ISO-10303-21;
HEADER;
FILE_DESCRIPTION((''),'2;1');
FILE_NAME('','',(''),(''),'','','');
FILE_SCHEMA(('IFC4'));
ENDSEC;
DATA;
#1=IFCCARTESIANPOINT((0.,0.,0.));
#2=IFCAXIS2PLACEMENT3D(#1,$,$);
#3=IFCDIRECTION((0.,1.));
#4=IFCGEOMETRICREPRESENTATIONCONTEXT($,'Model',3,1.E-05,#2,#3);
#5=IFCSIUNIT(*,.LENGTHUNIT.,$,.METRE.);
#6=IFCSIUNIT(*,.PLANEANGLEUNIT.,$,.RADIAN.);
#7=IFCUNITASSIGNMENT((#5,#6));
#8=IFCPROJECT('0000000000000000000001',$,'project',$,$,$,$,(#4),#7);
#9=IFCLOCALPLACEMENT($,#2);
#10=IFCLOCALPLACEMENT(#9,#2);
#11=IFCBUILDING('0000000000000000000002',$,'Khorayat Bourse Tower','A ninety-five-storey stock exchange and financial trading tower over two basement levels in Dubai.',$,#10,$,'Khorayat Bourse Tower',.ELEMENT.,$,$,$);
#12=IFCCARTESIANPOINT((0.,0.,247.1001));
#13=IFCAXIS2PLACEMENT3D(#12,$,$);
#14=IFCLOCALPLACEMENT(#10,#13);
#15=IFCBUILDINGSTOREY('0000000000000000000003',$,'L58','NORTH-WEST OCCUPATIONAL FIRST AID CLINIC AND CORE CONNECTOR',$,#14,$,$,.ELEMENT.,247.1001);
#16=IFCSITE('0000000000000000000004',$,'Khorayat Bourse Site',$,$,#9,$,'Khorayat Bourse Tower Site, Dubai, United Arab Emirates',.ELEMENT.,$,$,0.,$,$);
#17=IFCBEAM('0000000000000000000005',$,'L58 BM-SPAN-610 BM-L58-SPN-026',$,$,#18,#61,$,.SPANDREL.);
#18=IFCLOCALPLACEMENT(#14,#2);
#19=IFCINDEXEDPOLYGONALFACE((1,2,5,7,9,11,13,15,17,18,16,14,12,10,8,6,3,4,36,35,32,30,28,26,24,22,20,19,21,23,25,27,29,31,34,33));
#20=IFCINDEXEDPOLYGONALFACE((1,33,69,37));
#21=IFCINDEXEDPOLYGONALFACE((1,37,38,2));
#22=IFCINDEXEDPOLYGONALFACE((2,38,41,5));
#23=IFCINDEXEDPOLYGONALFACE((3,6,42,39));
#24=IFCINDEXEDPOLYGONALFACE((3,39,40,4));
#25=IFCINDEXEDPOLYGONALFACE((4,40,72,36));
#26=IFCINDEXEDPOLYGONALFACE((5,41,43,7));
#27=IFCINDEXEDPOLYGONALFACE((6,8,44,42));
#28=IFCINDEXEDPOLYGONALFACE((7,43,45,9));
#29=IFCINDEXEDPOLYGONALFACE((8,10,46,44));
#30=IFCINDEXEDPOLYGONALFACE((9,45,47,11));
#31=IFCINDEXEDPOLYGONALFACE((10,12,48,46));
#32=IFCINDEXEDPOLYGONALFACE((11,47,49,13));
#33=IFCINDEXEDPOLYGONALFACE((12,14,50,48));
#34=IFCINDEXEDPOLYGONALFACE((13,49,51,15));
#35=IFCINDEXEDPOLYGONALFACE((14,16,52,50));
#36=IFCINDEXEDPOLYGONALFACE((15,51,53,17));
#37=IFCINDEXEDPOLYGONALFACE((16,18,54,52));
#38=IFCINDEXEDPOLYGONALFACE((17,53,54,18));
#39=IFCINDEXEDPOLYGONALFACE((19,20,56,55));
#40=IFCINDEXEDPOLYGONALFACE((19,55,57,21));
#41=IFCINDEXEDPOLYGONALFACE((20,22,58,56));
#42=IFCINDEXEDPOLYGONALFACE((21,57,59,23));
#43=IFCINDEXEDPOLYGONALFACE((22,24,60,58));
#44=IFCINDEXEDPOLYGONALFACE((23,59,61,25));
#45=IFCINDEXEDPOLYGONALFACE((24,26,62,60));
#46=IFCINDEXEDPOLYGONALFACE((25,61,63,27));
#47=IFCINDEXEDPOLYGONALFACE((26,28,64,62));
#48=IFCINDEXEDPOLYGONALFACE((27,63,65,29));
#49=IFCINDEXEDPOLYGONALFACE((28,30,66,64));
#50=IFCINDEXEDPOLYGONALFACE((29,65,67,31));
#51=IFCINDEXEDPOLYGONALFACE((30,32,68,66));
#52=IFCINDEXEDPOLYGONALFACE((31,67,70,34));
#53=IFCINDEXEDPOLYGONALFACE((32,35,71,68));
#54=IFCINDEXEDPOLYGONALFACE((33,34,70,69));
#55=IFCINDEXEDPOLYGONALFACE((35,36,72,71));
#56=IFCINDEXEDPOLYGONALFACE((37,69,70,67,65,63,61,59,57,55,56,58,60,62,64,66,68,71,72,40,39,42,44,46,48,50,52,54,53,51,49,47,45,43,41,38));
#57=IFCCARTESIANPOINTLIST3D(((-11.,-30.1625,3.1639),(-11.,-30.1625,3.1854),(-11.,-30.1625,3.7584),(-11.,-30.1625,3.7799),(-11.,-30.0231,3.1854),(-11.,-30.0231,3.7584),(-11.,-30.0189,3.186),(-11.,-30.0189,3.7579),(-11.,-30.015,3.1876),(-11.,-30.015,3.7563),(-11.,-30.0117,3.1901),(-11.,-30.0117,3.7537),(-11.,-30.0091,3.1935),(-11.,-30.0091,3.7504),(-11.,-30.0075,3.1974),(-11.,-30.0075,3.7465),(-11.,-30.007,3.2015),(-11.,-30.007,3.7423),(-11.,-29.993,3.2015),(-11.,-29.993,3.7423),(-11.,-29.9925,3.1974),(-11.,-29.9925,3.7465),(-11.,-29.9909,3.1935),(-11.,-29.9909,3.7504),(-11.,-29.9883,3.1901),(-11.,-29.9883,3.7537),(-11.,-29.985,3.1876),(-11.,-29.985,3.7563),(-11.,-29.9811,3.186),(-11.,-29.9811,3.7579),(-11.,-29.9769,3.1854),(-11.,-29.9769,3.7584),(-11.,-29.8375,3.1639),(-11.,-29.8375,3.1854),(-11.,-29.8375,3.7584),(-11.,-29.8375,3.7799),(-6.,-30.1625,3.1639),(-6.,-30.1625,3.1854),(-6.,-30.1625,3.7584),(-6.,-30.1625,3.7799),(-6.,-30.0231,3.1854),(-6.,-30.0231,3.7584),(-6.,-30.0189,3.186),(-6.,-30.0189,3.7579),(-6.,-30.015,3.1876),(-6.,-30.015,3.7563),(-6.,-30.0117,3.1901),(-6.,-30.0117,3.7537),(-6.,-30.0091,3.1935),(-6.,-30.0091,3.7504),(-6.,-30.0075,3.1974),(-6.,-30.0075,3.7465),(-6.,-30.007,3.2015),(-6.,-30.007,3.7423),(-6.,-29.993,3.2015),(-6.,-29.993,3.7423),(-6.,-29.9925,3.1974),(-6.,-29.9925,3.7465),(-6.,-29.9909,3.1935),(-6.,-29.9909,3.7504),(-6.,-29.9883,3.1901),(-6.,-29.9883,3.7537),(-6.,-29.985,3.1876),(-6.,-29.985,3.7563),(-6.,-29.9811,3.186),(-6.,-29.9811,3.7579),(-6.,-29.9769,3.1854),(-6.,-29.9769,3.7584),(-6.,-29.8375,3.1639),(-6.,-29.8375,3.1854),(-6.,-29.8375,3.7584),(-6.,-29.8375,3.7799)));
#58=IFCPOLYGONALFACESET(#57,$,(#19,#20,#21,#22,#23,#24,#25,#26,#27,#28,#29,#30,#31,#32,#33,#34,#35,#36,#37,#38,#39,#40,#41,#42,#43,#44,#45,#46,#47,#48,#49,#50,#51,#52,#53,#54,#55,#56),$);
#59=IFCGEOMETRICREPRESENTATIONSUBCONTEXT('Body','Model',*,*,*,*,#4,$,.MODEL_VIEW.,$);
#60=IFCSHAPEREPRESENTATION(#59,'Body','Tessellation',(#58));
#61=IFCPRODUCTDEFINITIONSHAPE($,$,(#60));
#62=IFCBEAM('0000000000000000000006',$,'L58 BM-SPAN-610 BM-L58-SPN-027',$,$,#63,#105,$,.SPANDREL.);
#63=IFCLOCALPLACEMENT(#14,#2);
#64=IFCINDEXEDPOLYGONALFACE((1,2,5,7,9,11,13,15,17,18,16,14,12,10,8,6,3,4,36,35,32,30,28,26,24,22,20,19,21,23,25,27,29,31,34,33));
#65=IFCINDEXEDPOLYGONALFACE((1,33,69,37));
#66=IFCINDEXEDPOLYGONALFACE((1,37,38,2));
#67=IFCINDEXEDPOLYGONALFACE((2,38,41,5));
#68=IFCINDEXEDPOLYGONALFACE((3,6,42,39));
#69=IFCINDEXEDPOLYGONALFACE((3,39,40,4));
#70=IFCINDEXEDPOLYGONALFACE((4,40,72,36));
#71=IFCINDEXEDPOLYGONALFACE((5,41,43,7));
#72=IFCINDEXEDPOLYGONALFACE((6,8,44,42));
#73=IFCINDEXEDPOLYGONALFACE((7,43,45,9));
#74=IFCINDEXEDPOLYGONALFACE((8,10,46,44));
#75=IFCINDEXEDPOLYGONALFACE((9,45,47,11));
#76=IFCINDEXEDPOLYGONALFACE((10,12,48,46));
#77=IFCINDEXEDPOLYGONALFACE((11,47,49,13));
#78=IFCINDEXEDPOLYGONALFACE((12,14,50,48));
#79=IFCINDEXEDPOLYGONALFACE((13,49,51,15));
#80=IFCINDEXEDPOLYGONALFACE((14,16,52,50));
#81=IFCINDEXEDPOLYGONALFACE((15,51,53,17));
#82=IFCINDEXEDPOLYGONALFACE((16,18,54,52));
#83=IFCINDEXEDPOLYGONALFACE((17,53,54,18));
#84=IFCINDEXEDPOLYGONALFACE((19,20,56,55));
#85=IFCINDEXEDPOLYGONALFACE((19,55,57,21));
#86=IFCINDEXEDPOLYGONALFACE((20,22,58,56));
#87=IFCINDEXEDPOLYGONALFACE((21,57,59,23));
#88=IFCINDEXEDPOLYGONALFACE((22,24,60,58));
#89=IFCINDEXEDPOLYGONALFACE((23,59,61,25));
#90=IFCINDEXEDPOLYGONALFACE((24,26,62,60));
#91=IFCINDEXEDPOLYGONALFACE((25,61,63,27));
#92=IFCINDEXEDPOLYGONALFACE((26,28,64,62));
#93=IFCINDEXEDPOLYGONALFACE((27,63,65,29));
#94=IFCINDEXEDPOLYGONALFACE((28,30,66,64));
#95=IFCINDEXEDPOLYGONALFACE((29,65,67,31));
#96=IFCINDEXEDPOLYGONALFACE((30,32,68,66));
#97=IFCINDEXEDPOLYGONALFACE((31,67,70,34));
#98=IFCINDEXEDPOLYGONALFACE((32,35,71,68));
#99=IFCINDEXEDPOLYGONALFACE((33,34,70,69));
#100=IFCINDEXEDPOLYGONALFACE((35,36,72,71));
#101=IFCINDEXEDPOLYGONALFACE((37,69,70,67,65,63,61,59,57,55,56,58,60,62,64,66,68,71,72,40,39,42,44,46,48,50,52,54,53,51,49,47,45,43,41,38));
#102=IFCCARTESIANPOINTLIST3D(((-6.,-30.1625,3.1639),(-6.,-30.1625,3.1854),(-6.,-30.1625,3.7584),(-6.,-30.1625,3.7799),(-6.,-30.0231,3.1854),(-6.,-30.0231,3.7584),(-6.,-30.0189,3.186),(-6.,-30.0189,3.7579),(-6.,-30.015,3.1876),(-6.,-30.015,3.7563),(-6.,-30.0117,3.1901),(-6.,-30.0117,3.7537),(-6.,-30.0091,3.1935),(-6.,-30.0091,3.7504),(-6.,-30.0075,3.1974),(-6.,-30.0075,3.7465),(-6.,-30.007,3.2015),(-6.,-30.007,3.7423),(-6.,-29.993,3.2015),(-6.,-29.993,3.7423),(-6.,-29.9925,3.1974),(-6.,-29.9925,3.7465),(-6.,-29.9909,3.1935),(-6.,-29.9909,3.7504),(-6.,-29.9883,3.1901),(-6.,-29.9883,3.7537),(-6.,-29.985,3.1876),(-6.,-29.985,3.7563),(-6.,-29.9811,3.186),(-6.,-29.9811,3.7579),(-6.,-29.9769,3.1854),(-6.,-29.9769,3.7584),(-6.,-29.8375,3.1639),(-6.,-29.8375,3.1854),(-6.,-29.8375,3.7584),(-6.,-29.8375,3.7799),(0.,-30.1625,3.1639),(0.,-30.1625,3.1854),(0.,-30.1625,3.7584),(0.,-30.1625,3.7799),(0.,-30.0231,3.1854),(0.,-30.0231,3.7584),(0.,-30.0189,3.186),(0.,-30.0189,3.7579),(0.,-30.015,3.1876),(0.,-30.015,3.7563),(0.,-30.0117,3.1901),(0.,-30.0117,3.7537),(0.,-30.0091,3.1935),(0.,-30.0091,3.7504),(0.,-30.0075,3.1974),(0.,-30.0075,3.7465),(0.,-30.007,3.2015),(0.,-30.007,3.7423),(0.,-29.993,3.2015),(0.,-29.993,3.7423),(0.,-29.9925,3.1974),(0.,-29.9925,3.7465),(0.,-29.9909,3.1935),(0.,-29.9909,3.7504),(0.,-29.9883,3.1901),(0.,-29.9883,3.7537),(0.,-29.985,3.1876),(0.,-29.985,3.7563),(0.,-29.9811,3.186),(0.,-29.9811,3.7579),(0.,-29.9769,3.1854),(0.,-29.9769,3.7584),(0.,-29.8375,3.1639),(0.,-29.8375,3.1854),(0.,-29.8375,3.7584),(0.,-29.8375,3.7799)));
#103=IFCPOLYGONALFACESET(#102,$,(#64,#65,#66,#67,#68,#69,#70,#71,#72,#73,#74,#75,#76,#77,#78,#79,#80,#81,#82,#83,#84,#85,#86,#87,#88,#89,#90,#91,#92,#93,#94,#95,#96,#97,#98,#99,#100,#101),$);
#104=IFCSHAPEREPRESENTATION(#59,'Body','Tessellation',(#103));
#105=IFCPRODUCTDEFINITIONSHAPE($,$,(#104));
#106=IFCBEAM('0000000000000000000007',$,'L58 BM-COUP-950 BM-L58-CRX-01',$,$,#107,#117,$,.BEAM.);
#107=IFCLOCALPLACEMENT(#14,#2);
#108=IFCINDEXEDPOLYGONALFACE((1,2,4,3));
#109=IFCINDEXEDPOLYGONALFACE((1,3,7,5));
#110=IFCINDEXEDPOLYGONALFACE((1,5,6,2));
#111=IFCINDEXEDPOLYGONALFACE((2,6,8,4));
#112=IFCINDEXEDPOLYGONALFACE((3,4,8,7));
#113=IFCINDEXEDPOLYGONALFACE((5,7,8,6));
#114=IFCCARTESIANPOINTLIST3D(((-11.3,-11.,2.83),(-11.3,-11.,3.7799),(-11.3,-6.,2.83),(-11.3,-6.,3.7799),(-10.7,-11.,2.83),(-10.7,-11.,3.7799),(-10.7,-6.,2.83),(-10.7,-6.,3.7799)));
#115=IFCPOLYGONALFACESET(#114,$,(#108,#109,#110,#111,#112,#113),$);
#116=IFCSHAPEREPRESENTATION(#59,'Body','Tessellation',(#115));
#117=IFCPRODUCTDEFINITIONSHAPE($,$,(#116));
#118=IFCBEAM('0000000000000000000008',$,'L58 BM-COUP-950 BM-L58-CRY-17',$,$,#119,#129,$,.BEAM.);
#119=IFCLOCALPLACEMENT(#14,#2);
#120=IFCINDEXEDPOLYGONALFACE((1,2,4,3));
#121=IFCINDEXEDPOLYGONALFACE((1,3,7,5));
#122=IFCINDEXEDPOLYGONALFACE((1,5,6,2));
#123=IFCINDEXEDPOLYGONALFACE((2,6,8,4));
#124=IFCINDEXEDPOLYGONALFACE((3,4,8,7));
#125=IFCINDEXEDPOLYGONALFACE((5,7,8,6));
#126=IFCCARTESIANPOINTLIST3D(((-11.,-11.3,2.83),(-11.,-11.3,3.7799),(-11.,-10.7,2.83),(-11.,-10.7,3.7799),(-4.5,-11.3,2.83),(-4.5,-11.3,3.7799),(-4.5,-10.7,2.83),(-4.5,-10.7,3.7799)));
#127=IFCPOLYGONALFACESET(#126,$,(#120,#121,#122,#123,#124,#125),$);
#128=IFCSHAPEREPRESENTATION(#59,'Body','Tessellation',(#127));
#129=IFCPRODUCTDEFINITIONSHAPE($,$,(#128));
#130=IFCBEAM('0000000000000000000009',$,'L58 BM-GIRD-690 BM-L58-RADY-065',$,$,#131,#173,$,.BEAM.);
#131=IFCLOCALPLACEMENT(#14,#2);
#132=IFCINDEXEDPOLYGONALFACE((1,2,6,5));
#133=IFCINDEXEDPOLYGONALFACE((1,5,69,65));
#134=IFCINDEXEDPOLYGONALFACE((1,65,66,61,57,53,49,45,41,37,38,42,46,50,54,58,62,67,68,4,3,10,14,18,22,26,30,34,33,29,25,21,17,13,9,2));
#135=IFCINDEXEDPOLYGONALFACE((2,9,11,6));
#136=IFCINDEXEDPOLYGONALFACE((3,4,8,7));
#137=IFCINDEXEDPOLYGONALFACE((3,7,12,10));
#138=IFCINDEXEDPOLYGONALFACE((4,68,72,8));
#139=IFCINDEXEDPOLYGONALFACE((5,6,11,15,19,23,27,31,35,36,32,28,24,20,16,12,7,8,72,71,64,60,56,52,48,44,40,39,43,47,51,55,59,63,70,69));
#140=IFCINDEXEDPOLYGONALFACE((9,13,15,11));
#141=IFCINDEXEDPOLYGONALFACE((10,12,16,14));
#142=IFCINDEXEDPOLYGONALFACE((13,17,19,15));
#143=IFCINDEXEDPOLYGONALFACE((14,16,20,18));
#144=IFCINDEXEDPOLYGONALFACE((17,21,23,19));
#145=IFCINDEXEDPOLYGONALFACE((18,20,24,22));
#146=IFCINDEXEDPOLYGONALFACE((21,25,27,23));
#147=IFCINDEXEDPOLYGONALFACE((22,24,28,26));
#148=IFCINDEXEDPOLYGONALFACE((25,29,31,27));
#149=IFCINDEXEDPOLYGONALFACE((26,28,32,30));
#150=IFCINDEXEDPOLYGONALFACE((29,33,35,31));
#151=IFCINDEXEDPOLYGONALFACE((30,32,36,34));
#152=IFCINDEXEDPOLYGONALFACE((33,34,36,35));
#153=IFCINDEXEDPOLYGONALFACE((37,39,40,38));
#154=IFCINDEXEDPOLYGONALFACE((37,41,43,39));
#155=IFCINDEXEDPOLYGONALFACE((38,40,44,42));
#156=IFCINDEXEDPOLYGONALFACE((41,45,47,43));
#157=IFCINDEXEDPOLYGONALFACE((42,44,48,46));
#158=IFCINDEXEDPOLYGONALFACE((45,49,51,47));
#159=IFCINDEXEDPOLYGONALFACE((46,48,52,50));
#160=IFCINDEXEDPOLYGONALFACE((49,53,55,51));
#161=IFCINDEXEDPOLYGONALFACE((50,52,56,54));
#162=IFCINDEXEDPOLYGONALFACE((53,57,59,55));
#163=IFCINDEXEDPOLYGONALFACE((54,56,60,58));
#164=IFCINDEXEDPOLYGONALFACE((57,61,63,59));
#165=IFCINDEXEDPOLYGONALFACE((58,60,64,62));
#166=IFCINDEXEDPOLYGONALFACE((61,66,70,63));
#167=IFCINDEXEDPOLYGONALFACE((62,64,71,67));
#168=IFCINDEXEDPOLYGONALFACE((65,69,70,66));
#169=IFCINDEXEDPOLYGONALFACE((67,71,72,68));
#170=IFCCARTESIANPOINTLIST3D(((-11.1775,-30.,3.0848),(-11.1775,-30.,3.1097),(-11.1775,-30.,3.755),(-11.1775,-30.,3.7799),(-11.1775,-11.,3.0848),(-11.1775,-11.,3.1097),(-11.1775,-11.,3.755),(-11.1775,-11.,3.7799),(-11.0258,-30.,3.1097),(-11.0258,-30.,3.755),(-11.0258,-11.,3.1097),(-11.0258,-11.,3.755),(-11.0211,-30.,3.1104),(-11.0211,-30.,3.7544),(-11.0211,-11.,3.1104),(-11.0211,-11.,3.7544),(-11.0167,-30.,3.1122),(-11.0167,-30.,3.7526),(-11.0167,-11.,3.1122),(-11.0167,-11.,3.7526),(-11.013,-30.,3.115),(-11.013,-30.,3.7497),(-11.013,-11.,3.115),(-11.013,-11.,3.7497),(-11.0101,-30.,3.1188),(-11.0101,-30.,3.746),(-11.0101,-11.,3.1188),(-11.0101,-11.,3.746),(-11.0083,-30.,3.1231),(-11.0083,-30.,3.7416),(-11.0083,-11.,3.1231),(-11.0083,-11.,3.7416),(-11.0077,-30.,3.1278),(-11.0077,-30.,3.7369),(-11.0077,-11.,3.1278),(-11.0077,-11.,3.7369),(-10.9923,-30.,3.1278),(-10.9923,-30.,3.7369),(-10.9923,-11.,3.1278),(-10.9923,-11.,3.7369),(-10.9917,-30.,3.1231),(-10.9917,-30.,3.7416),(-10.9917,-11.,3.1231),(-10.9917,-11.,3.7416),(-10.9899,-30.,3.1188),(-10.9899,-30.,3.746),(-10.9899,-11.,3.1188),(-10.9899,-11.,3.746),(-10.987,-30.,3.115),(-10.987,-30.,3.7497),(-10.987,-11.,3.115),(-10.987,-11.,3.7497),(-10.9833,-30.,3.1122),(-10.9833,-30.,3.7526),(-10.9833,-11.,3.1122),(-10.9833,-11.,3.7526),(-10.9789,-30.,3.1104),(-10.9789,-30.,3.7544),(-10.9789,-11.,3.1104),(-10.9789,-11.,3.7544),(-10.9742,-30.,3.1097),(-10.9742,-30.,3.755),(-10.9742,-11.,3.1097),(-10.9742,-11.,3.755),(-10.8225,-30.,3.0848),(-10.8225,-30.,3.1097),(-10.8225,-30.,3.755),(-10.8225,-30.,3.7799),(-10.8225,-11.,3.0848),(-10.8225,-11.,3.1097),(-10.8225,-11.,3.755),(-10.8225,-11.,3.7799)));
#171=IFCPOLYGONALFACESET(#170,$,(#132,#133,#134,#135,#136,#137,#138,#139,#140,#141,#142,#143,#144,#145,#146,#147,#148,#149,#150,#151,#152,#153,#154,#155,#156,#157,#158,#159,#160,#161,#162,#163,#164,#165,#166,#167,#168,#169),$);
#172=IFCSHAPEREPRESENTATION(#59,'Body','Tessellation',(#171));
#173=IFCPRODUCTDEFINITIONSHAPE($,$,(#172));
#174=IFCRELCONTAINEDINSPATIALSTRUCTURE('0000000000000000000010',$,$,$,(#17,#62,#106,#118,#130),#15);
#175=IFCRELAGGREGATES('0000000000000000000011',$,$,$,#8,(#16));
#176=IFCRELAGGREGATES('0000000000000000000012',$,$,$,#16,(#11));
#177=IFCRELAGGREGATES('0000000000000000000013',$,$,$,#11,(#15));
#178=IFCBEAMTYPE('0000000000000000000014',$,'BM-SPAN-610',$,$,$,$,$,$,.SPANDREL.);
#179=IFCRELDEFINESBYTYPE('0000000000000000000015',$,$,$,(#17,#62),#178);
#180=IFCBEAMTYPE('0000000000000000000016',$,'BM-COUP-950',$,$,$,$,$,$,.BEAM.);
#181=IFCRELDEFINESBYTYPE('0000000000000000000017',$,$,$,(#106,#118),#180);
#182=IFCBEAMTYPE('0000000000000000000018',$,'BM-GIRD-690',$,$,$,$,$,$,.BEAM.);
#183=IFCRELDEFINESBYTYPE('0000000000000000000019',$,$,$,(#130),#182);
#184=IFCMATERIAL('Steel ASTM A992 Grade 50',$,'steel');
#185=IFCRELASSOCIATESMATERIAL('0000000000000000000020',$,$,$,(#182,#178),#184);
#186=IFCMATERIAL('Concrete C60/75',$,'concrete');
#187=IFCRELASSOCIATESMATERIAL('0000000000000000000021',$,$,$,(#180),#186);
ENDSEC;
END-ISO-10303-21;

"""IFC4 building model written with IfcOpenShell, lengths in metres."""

from ifc_helpers import new_model, si_unit, direction, frame, origin, origin_2d, place, context, subcontext, project, spatial, rectangle, i_section, extrude, source, transform, mapped, material, material_profile, profile_set, type_object, element, save


model = new_model("IFC4")

# Units and contexts
model_context = context("Model", 3, precision=1e-05, world=origin(), true_north=direction((0.0, 1.0)))
body_context = subcontext(model_context, "Body", "Model", "MODEL_VIEW")
ifc_project = project(units=[si_unit("LENGTHUNIT", "METRE"), si_unit("PLANEANGLEUNIT", "RADIAN")], contexts=[model_context])

# Site, building, storey
site_placement = place(None, origin())
site = spatial("IfcSite", under=ifc_project, at=site_placement, Name="Khorayat Bourse Site", LongName="Khorayat Bourse Tower Site, Dubai, United Arab Emirates", CompositionType="ELEMENT", RefElevation=0.0)
building_placement = place(site_placement, origin())
building = spatial("IfcBuilding", under=site, at=building_placement, Name="Khorayat Bourse Tower", Description="A ninety-five-storey stock exchange and financial trading tower over two basement levels in Dubai.", LongName="Khorayat Bourse Tower", CompositionType="ELEMENT")
storey_placement = place(building_placement, frame((0.0, 0.0, 247.1001)))
storey = spatial("IfcBuildingStorey", under=building, at=storey_placement, Name="L58", Description="NORTH-WEST OCCUPATIONAL FIRST AID CLINIC AND CORE CONNECTOR", CompositionType="ELEMENT", Elevation=247.1001)

# Shared definitions
ifc_material_1 = material(Name="Concrete C60/75", Category="concrete")

# Beams
ifc_material_2 = material(Name="Steel ASTM A992 Grade 50", Category="steel")
ifc_material_profile_1 = material_profile(ifc_material_2, i_section(OverallWidth=0.355, OverallDepth=0.6951, WebThickness=0.0154, FlangeThickness=0.0249, FilletRadius=0.0181, at=origin_2d()), Name="W690X217")
ifc_profile_set_1 = profile_set([ifc_material_profile_1], Name="Steel ASTM A992 Grade 50")
beam_type_1 = type_object("IfcBeamType", Name="BM-GIRD-690", PredefinedType="BEAM", material=ifc_profile_set_1)
ifc_material_profile_2 = material_profile(ifc_material_2, i_section(OverallWidth=0.325, OverallDepth=0.616, WebThickness=0.0139, FlangeThickness=0.0215, FilletRadius=0.0161, at=origin_2d()), Name="W610X174")
ifc_profile_set_2 = profile_set([ifc_material_profile_2], Name="Steel ASTM A992 Grade 50")
beam_type_2 = type_object("IfcBeamType", Name="BM-SPAN-610", PredefinedType="SPANDREL", material=ifc_profile_set_2)
shared_shape_1 = source(origin(), body_context, "Body", "SweptSolid", [
    extrude(i_section(OverallWidth=0.325, OverallDepth=0.616, WebThickness=0.0139, FlangeThickness=0.0215, FilletRadius=0.0161, at=origin_2d()), origin(), (0.0, 0.0, 1.0), 5.0),
])
beam_1_placement = place(storey_placement, frame((-11.0, -30.0, 3.4719), z_axis=(1.0, 0.0, 0.0), x_axis=(0.0, 1.0, 0.0)))
element("IfcBeam", 1, at=beam_1_placement, inside=storey, type_object=beam_type_2, Name="L58 BM-SPAN-610 BM-L58-SPN-026", PredefinedType="SPANDREL", context=body_context, shape_type="MappedRepresentation", body=[
    mapped(shared_shape_1, transform((0.0, 0.0, 0.0), scale=1.0)),
])
shared_shape_2 = source(origin(), body_context, "Body", "SweptSolid", [
    extrude(i_section(OverallWidth=0.325, OverallDepth=0.616, WebThickness=0.0139, FlangeThickness=0.0215, FilletRadius=0.0161, at=origin_2d()), origin(), (0.0, 0.0, 1.0), 6.0),
])
beam_2_placement = place(storey_placement, frame((-6.0, -30.0, 3.4719), z_axis=(1.0, 0.0, 0.0), x_axis=(0.0, 1.0, 0.0)))
element("IfcBeam", 2, at=beam_2_placement, inside=storey, type_object=beam_type_2, Name="L58 BM-SPAN-610 BM-L58-SPN-027", PredefinedType="SPANDREL", context=body_context, shape_type="MappedRepresentation", body=[
    mapped(shared_shape_2, transform((0.0, 0.0, 0.0), scale=1.0)),
])
ifc_material_profile_3 = material_profile(ifc_material_1, rectangle(XDim=0.6001, YDim=0.95, at=origin_2d()), Name="RC 600x950")
ifc_profile_set_3 = profile_set([ifc_material_profile_3], Name="Concrete C60/75")
beam_type_3 = type_object("IfcBeamType", Name="BM-COUP-950", PredefinedType="BEAM", material=ifc_profile_set_3)
shared_shape_3 = source(origin(), body_context, "Body", "SweptSolid", [
    extrude(rectangle(XDim=0.6001, YDim=0.95, at=origin_2d()), origin(), (0.0, 0.0, 1.0), 5.0),
])
beam_3_placement = place(storey_placement, frame((-11.0, -11.0, 3.3049), z_axis=(0.0, 1.0, 0.0), x_axis=(-1.0, 0.0, 0.0)))
element("IfcBeam", 3, at=beam_3_placement, inside=storey, type_object=beam_type_3, Name="L58 BM-COUP-950 BM-L58-CRX-01", PredefinedType="BEAM", context=body_context, shape_type="MappedRepresentation", body=[
    mapped(shared_shape_3, transform((0.0, 0.0, 0.0), scale=1.0)),
])
shared_shape_4 = source(origin(), body_context, "Body", "SweptSolid", [
    extrude(rectangle(XDim=0.6001, YDim=0.95, at=origin_2d()), origin(), (0.0, 0.0, 1.0), 6.5),
])
beam_4_placement = place(storey_placement, frame((-11.0, -11.0, 3.3049), z_axis=(1.0, 0.0, 0.0), x_axis=(0.0, 1.0, 0.0)))
element("IfcBeam", 4, at=beam_4_placement, inside=storey, type_object=beam_type_3, Name="L58 BM-COUP-950 BM-L58-CRY-17", PredefinedType="BEAM", context=body_context, shape_type="MappedRepresentation", body=[
    mapped(shared_shape_4, transform((0.0, 0.0, 0.0), scale=1.0)),
])
shared_shape_5 = source(origin(), body_context, "Body", "SweptSolid", [
    extrude(i_section(OverallWidth=0.355, OverallDepth=0.6951, WebThickness=0.0154, FlangeThickness=0.0249, FilletRadius=0.0181, at=origin_2d()), origin(), (0.0, 0.0, 1.0), 19.0),
])
for number, where, z_axis, x_axis, name in (
    (5, (-11.0, -30.0, 3.4324), (0.0, 1.0, 0.0), (-1.0, 0.0, 0.0), "L58 BM-GIRD-690 BM-L58-RADY-065"),
):
    element("IfcBeam", number, at=place(storey_placement, frame(where, z_axis=z_axis, x_axis=x_axis)), inside=storey, type_object=beam_type_1, Name=name, PredefinedType="BEAM", context=body_context, shape_type="MappedRepresentation", body=[
        mapped(shared_shape_5, transform((0.0, 0.0, 0.0), scale=1.0)),
    ])

save(model, "model.ifc")
